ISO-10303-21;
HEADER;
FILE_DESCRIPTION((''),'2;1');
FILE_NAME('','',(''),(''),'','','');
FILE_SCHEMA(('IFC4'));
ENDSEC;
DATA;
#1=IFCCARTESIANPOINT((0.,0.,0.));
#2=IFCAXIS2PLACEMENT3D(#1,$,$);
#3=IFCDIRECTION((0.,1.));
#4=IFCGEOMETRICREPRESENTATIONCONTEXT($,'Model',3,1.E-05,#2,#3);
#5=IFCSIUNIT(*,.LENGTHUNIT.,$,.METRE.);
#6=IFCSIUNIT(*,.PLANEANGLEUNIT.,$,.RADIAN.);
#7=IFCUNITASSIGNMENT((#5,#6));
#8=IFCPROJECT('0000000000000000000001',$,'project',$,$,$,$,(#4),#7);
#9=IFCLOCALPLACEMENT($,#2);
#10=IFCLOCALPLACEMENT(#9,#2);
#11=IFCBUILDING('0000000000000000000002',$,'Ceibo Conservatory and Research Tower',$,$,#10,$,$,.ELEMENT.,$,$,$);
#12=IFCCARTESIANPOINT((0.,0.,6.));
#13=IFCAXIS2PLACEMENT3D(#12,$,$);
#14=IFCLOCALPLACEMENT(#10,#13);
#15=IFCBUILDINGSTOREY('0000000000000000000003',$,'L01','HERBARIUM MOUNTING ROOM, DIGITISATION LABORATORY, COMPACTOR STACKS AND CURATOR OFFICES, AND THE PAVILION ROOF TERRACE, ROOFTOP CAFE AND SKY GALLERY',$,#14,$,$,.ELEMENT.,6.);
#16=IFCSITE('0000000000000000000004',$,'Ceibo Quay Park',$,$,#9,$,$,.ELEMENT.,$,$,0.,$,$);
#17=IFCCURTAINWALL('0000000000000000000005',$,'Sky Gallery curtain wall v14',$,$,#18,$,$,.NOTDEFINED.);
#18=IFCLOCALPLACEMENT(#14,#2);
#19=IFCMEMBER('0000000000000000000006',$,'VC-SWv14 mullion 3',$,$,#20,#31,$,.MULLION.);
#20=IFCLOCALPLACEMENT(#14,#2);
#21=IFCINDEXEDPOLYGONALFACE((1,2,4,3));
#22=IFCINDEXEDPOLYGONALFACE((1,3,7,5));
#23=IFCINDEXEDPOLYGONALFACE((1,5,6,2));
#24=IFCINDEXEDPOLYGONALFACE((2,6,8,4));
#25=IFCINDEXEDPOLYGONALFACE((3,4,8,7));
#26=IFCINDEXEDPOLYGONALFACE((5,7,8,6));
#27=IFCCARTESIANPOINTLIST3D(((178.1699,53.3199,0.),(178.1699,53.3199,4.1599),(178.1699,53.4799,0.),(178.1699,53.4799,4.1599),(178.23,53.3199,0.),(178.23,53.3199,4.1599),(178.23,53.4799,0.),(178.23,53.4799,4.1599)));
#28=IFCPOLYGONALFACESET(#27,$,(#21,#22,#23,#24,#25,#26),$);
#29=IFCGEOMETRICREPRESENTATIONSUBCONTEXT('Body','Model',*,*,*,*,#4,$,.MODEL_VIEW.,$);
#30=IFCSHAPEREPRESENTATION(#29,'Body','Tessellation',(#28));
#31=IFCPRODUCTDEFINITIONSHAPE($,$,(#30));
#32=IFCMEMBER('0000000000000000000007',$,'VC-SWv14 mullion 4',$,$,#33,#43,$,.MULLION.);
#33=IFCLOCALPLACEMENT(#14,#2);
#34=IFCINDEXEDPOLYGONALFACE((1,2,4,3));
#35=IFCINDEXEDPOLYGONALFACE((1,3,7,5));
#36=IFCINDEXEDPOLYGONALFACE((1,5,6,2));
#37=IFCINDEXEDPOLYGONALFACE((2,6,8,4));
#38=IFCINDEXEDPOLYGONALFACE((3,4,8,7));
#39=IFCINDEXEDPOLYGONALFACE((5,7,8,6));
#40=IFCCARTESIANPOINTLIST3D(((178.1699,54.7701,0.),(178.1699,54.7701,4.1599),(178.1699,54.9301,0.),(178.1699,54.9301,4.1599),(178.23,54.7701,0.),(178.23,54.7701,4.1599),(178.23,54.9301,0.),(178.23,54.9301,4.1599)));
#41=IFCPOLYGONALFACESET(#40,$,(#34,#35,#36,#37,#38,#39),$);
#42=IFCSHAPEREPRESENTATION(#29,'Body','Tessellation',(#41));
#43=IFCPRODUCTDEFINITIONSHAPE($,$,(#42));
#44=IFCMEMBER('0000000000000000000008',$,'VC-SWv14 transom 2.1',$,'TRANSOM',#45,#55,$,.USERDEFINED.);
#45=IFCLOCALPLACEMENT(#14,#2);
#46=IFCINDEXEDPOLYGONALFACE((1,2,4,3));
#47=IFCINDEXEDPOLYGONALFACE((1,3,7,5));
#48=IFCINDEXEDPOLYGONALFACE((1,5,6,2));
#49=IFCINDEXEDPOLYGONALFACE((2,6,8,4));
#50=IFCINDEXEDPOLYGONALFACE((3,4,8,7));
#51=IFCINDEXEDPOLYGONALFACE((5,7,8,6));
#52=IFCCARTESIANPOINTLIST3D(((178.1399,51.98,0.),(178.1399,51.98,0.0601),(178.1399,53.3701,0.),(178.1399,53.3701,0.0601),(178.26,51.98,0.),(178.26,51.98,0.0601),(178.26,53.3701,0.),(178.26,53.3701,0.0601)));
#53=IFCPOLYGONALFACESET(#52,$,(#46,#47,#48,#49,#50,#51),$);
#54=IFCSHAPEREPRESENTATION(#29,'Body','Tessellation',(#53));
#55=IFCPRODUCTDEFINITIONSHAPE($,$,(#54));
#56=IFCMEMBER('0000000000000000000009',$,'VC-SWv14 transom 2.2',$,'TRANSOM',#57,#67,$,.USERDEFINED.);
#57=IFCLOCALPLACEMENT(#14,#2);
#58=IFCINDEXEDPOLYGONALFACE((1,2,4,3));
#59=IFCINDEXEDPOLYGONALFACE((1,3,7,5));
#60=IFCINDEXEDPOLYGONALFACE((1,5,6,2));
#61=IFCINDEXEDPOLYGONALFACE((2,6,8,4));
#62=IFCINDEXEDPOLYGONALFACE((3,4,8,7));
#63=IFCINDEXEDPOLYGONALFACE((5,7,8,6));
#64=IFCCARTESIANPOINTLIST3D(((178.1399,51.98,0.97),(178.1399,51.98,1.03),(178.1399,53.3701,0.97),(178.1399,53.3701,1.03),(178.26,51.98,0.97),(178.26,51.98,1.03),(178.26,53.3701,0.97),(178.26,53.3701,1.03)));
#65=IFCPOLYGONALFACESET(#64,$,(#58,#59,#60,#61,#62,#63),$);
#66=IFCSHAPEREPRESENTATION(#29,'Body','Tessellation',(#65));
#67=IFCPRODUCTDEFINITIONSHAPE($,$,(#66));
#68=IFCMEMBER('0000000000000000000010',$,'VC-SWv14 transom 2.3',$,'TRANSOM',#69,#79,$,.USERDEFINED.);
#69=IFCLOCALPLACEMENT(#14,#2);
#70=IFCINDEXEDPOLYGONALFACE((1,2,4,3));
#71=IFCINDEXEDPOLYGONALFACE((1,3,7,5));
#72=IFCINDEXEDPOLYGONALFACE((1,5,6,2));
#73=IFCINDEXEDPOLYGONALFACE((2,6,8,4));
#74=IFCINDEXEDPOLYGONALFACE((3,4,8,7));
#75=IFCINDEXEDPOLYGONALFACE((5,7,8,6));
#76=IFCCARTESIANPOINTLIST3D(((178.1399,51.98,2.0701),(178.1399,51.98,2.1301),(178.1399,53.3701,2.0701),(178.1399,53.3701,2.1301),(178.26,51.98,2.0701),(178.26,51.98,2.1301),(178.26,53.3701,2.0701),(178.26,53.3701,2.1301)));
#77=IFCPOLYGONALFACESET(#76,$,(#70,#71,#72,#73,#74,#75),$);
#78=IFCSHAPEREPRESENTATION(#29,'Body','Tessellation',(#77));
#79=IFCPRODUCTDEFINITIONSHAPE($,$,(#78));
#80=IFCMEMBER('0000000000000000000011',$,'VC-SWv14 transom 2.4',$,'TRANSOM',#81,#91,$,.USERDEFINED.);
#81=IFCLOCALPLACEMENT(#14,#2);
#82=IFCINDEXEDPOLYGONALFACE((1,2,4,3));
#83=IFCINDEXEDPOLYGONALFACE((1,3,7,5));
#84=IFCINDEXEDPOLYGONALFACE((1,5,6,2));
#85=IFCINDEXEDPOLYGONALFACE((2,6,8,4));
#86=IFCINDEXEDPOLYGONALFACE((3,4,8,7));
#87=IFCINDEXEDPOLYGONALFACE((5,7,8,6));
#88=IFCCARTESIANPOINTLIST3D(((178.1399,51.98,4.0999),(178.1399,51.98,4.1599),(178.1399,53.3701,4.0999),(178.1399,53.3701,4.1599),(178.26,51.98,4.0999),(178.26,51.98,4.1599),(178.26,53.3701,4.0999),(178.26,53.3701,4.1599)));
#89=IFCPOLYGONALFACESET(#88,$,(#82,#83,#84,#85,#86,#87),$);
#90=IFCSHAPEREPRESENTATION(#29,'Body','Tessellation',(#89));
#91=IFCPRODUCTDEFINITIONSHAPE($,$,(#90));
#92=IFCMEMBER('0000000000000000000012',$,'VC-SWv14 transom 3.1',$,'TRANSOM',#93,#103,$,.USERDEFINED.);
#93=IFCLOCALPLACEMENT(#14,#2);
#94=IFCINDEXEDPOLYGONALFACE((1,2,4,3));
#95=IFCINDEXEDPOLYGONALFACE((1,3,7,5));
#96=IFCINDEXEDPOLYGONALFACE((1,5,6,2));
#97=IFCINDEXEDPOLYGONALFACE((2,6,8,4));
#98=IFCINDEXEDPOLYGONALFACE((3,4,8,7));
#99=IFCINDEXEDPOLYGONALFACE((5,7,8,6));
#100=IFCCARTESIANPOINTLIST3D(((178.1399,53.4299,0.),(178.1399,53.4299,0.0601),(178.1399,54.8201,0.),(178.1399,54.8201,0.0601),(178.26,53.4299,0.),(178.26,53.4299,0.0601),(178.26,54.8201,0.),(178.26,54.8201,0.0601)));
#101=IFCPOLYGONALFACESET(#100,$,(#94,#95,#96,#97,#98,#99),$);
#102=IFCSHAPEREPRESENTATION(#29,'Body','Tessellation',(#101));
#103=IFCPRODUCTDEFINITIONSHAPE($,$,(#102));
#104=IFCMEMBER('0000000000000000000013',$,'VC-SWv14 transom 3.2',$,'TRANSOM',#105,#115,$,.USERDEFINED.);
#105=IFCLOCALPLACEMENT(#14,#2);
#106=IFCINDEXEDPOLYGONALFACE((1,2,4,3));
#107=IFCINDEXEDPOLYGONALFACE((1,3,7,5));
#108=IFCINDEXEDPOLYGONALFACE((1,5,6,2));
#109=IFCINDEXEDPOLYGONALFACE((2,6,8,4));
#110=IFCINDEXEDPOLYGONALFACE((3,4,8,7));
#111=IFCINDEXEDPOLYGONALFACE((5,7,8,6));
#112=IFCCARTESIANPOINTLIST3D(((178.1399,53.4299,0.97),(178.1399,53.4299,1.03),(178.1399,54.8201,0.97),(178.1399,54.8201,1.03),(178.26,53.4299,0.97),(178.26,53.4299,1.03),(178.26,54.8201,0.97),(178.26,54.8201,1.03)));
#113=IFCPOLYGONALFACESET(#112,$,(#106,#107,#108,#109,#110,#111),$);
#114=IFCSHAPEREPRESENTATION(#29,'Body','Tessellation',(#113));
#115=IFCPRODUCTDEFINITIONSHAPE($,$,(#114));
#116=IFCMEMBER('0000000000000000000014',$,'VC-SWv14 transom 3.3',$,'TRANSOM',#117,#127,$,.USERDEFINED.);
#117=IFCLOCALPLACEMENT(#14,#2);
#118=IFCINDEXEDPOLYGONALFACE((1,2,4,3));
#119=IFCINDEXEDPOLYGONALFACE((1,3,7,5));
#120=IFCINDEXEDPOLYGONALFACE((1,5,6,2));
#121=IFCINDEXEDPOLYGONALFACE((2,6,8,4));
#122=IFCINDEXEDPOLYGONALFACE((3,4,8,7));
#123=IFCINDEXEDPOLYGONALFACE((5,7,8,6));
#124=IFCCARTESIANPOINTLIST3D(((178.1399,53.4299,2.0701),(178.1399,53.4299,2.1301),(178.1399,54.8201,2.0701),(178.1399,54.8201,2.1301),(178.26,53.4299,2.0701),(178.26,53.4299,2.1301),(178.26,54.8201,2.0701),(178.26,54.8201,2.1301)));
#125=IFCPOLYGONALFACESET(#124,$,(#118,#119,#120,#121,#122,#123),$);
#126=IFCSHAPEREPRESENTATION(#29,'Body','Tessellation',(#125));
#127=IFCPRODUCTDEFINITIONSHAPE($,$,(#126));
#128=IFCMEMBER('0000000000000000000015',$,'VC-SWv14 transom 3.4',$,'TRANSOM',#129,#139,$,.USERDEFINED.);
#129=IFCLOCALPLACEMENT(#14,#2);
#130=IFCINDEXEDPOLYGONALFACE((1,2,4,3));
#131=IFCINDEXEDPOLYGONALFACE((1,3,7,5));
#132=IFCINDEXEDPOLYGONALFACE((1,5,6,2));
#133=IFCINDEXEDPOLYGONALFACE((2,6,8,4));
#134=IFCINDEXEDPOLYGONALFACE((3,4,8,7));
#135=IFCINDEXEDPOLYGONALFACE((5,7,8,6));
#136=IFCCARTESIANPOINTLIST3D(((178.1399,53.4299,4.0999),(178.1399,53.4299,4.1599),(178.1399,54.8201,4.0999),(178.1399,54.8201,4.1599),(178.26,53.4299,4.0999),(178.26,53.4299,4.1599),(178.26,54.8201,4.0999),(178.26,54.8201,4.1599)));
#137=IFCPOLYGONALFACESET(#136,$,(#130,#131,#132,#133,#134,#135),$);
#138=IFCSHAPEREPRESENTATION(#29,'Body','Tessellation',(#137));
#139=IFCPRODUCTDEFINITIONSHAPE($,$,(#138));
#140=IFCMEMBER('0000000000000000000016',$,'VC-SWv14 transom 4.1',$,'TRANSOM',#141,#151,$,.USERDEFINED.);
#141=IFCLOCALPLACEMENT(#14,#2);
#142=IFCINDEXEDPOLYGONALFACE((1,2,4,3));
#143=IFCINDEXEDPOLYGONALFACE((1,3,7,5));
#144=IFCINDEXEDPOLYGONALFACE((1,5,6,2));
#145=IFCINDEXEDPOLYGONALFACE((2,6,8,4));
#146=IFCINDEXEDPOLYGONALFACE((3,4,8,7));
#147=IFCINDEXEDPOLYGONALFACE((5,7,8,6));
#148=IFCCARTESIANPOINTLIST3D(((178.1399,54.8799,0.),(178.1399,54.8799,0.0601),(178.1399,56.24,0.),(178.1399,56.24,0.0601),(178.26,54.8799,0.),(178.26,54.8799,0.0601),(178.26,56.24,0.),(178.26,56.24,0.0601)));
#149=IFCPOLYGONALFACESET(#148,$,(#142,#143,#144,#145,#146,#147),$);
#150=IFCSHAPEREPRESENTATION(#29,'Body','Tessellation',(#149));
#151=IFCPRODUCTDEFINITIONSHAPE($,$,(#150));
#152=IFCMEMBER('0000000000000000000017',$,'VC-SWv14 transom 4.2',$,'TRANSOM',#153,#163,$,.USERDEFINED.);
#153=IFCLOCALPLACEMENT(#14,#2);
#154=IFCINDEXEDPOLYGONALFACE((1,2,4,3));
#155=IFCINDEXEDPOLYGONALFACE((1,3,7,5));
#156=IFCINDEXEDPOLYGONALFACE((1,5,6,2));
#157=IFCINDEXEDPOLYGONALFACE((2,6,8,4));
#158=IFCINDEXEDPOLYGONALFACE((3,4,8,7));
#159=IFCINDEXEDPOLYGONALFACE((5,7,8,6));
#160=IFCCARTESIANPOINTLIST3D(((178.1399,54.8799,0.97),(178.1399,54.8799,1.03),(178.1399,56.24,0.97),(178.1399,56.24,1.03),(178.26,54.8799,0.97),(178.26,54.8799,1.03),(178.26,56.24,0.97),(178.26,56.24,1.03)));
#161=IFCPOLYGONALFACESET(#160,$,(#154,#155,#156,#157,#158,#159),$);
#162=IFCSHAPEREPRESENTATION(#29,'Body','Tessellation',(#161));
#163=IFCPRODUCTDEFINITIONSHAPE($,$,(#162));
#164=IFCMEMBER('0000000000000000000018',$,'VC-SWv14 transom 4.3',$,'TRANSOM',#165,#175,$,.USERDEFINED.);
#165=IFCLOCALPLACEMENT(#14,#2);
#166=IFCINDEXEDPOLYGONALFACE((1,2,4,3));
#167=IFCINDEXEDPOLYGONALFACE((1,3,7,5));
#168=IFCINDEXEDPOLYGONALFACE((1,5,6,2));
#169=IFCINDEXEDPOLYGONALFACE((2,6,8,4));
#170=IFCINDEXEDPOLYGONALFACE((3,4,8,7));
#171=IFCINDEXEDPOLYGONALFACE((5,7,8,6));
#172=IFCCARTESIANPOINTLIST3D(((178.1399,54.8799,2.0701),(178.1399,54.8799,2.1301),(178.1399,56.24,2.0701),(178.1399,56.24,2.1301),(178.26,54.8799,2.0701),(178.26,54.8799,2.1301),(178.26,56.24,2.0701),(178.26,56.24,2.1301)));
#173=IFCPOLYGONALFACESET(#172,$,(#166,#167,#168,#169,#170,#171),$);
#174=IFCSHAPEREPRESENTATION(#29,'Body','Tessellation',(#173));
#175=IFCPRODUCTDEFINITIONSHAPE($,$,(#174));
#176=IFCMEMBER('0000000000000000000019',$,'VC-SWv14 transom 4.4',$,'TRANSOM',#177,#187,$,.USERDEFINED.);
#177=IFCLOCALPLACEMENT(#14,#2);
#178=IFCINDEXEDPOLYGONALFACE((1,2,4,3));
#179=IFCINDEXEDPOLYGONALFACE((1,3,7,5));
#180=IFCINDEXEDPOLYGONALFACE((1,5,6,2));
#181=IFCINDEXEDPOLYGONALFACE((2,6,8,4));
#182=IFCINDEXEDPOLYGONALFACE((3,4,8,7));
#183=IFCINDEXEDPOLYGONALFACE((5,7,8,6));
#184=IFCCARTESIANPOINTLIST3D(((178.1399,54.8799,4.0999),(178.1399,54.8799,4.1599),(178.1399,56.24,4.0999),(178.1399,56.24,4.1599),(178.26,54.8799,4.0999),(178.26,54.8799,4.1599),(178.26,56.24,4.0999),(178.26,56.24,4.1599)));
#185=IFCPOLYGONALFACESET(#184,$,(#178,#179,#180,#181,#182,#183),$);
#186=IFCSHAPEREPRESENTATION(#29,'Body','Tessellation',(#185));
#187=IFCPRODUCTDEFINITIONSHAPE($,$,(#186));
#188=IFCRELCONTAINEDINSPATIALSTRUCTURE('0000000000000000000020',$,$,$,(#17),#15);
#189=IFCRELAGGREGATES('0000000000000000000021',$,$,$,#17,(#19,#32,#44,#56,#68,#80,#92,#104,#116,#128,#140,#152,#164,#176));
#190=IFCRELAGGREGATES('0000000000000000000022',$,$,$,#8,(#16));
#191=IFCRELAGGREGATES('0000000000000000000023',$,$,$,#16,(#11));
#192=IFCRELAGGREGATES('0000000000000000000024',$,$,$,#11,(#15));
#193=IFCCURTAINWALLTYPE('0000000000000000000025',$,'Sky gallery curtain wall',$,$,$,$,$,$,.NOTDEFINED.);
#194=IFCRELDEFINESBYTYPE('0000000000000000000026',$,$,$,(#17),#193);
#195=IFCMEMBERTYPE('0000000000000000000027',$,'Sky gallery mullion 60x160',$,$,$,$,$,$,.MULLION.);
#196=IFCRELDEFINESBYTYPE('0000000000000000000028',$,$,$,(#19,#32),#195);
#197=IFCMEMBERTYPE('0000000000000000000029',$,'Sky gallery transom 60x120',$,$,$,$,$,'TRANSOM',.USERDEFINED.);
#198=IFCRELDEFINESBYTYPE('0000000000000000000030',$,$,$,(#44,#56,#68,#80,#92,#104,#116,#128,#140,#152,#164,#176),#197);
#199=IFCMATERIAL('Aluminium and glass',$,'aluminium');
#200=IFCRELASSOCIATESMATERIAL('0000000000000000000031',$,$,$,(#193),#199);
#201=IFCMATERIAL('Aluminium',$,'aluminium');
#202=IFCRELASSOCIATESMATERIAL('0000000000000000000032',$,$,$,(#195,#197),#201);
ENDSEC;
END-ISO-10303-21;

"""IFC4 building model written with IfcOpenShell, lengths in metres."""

from ifc_helpers import new_model, si_unit, direction, frame, origin, origin_2d, place, context, subcontext, project, spatial, rectangle, extrude, material, material_profile, profile_set, type_object, element, aggregate, save


model = new_model("IFC4")

# Units and contexts
model_context = context("Model", 3, precision=1e-05, world=origin(), true_north=direction((0.0, 1.0)))
body_context = subcontext(model_context, "Body", "Model", "MODEL_VIEW")
ifc_project = project(units=[si_unit("LENGTHUNIT", "METRE"), si_unit("PLANEANGLEUNIT", "RADIAN")], contexts=[model_context])

# Site, building, storey
site_placement = place(None, origin())
site = spatial("IfcSite", under=ifc_project, at=site_placement, Name="Ceibo Quay Park", CompositionType="ELEMENT", RefElevation=0.0)
building_placement = place(site_placement, origin())
building = spatial("IfcBuilding", under=site, at=building_placement, Name="Ceibo Conservatory and Research Tower", CompositionType="ELEMENT")
storey_placement = place(building_placement, frame((0.0, 0.0, 6.0)))
storey = spatial("IfcBuildingStorey", under=building, at=storey_placement, Name="L01", Description="HERBARIUM MOUNTING ROOM, DIGITISATION LABORATORY, COMPACTOR STACKS AND CURATOR OFFICES, AND THE PAVILION ROOF TERRACE, ROOFTOP CAFE AND SKY GALLERY", CompositionType="ELEMENT", Elevation=6.0)

# Curtain wall, members
ifc_material_1 = material(Name="Aluminium and glass", Category="aluminium")
curtain_wall_type = type_object("IfcCurtainWallType", Name="Sky gallery curtain wall", PredefinedType="NOTDEFINED", material=ifc_material_1)
curtain_wall_placement = place(storey_placement, origin())
curtain_wall = element("IfcCurtainWall", 1, at=curtain_wall_placement, inside=storey, type_object=curtain_wall_type, Name="Sky Gallery curtain wall v14", PredefinedType="NOTDEFINED")
ifc_material_2 = material(Name="Aluminium", Category="aluminium")
ifc_material_profile_1 = material_profile(ifc_material_2, rectangle(XDim=0.0601, YDim=0.1599, at=origin_2d()), Name="AL 60x160")
ifc_profile_set_1 = profile_set([ifc_material_profile_1], Name="Aluminium")
member_type_1 = type_object("IfcMemberType", Name="Sky gallery mullion 60x160", PredefinedType="MULLION", material=ifc_profile_set_1)
member_1_placement = place(storey_placement, frame((178.2, 53.3999, 0.0), z_axis=(0.0, 0.0, 1.0), x_axis=(-1.0, 0.0, 0.0)))
member_1 = element("IfcMember", 2, at=member_1_placement, type_object=member_type_1, Name="VC-SWv14 mullion 3", PredefinedType="MULLION", context=body_context, shape_type="SweptSolid", body=[
    extrude(rectangle(XDim=0.0601, YDim=0.1599, at=origin_2d()), origin(), (0.0, 0.0, 1.0), 4.1599),
])
member_2_placement = place(storey_placement, frame((178.2, 54.8501, 0.0), z_axis=(0.0, 0.0, 1.0), x_axis=(-1.0, 0.0, 0.0)))
member_2 = element("IfcMember", 3, at=member_2_placement, type_object=member_type_1, Name="VC-SWv14 mullion 4", PredefinedType="MULLION", context=body_context, shape_type="SweptSolid", body=[
    extrude(rectangle(XDim=0.0601, YDim=0.1599, at=origin_2d()), origin(), (0.0, 0.0, 1.0), 4.1599),
])
ifc_material_profile_2 = material_profile(ifc_material_2, rectangle(XDim=0.1201, YDim=0.0601, at=origin_2d()), Name="AL 60x120")
ifc_profile_set_2 = profile_set([ifc_material_profile_2], Name="Aluminium")
member_type_2 = type_object("IfcMemberType", Name="Sky gallery transom 60x120", ElementType="TRANSOM", PredefinedType="USERDEFINED", material=ifc_profile_set_2)
member_3_placement = place(storey_placement, frame((178.2, 51.98, 0.03), z_axis=(0.0, 1.0, 0.0), x_axis=(-1.0, 0.0, 0.0)))
member_3 = element("IfcMember", 4, at=member_3_placement, type_object=member_type_2, Name="VC-SWv14 transom 2.1", ObjectType="TRANSOM", PredefinedType="USERDEFINED", context=body_context, shape_type="SweptSolid", body=[
    extrude(rectangle(XDim=0.1201, YDim=0.0601, at=origin_2d()), origin(), (0.0, 0.0, 1.0), 1.3901),
])
member_4_placement = place(storey_placement, frame((178.2, 51.98, 1.0), z_axis=(0.0, 1.0, 0.0), x_axis=(-1.0, 0.0, 0.0)))
member_4 = element("IfcMember", 5, at=member_4_placement, type_object=member_type_2, Name="VC-SWv14 transom 2.2", ObjectType="TRANSOM", PredefinedType="USERDEFINED", context=body_context, shape_type="SweptSolid", body=[
    extrude(rectangle(XDim=0.1201, YDim=0.0601, at=origin_2d()), origin(), (0.0, 0.0, 1.0), 1.3901),
])
member_5_placement = place(storey_placement, frame((178.2, 51.98, 2.1001), z_axis=(0.0, 1.0, 0.0), x_axis=(-1.0, 0.0, 0.0)))
member_5 = element("IfcMember", 6, at=member_5_placement, type_object=member_type_2, Name="VC-SWv14 transom 2.3", ObjectType="TRANSOM", PredefinedType="USERDEFINED", context=body_context, shape_type="SweptSolid", body=[
    extrude(rectangle(XDim=0.1201, YDim=0.0601, at=origin_2d()), origin(), (0.0, 0.0, 1.0), 1.3901),
])
member_6_placement = place(storey_placement, frame((178.2, 51.98, 4.1299), z_axis=(0.0, 1.0, 0.0), x_axis=(-1.0, 0.0, 0.0)))
member_6 = element("IfcMember", 7, at=member_6_placement, type_object=member_type_2, Name="VC-SWv14 transom 2.4", ObjectType="TRANSOM", PredefinedType="USERDEFINED", context=body_context, shape_type="SweptSolid", body=[
    extrude(rectangle(XDim=0.1201, YDim=0.0601, at=origin_2d()), origin(), (0.0, 0.0, 1.0), 1.3901),
])
member_7_placement = place(storey_placement, frame((178.2, 53.4299, 0.03), z_axis=(0.0, 1.0, 0.0), x_axis=(-1.0, 0.0, 0.0)))
member_7 = element("IfcMember", 8, at=member_7_placement, type_object=member_type_2, Name="VC-SWv14 transom 3.1", ObjectType="TRANSOM", PredefinedType="USERDEFINED", context=body_context, shape_type="SweptSolid", body=[
    extrude(rectangle(XDim=0.1201, YDim=0.0601, at=origin_2d()), origin(), (0.0, 0.0, 1.0), 1.3901),
])
member_8_placement = place(storey_placement, frame((178.2, 53.4299, 1.0), z_axis=(0.0, 1.0, 0.0), x_axis=(-1.0, 0.0, 0.0)))
member_8 = element("IfcMember", 9, at=member_8_placement, type_object=member_type_2, Name="VC-SWv14 transom 3.2", ObjectType="TRANSOM", PredefinedType="USERDEFINED", context=body_context, shape_type="SweptSolid", body=[
    extrude(rectangle(XDim=0.1201, YDim=0.0601, at=origin_2d()), origin(), (0.0, 0.0, 1.0), 1.3901),
])
member_9_placement = place(storey_placement, frame((178.2, 53.4299, 2.1001), z_axis=(0.0, 1.0, 0.0), x_axis=(-1.0, 0.0, 0.0)))
member_9 = element("IfcMember", 10, at=member_9_placement, type_object=member_type_2, Name="VC-SWv14 transom 3.3", ObjectType="TRANSOM", PredefinedType="USERDEFINED", context=body_context, shape_type="SweptSolid", body=[
    extrude(rectangle(XDim=0.1201, YDim=0.0601, at=origin_2d()), origin(), (0.0, 0.0, 1.0), 1.3901),
])
member_10_placement = place(storey_placement, frame((178.2, 53.4299, 4.1299), z_axis=(0.0, 1.0, 0.0), x_axis=(-1.0, 0.0, 0.0)))
member_10 = element("IfcMember", 11, at=member_10_placement, type_object=member_type_2, Name="VC-SWv14 transom 3.4", ObjectType="TRANSOM", PredefinedType="USERDEFINED", context=body_context, shape_type="SweptSolid", body=[
    extrude(rectangle(XDim=0.1201, YDim=0.0601, at=origin_2d()), origin(), (0.0, 0.0, 1.0), 1.3901),
])
member_11_placement = place(storey_placement, frame((178.2, 54.8799, 0.03), z_axis=(0.0, 1.0, 0.0), x_axis=(-1.0, 0.0, 0.0)))
member_11 = element("IfcMember", 12, at=member_11_placement, type_object=member_type_2, Name="VC-SWv14 transom 4.1", ObjectType="TRANSOM", PredefinedType="USERDEFINED", context=body_context, shape_type="SweptSolid", body=[
    extrude(rectangle(XDim=0.1201, YDim=0.0601, at=origin_2d()), origin(), (0.0, 0.0, 1.0), 1.3601),
])
member_12_placement = place(storey_placement, frame((178.2, 54.8799, 1.0), z_axis=(0.0, 1.0, 0.0), x_axis=(-1.0, 0.0, 0.0)))
member_12 = element("IfcMember", 13, at=member_12_placement, type_object=member_type_2, Name="VC-SWv14 transom 4.2", ObjectType="TRANSOM", PredefinedType="USERDEFINED", context=body_context, shape_type="SweptSolid", body=[
    extrude(rectangle(XDim=0.1201, YDim=0.0601, at=origin_2d()), origin(), (0.0, 0.0, 1.0), 1.3601),
])
member_13_placement = place(storey_placement, frame((178.2, 54.8799, 2.1001), z_axis=(0.0, 1.0, 0.0), x_axis=(-1.0, 0.0, 0.0)))
member_13 = element("IfcMember", 14, at=member_13_placement, type_object=member_type_2, Name="VC-SWv14 transom 4.3", ObjectType="TRANSOM", PredefinedType="USERDEFINED", context=body_context, shape_type="SweptSolid", body=[
    extrude(rectangle(XDim=0.1201, YDim=0.0601, at=origin_2d()), origin(), (0.0, 0.0, 1.0), 1.3601),
])
member_14_placement = place(storey_placement, frame((178.2, 54.8799, 4.1299), z_axis=(0.0, 1.0, 0.0), x_axis=(-1.0, 0.0, 0.0)))
member_14 = element("IfcMember", 15, at=member_14_placement, type_object=member_type_2, Name="VC-SWv14 transom 4.4", ObjectType="TRANSOM", PredefinedType="USERDEFINED", context=body_context, shape_type="SweptSolid", body=[
    extrude(rectangle(XDim=0.1201, YDim=0.0601, at=origin_2d()), origin(), (0.0, 0.0, 1.0), 1.3601),
])
aggregate(curtain_wall, [member_1, member_2, member_3, member_4, member_5, member_6, member_7, member_8, member_9, member_10, member_11, member_12, member_13, member_14])

save(model, "model.ifc")
